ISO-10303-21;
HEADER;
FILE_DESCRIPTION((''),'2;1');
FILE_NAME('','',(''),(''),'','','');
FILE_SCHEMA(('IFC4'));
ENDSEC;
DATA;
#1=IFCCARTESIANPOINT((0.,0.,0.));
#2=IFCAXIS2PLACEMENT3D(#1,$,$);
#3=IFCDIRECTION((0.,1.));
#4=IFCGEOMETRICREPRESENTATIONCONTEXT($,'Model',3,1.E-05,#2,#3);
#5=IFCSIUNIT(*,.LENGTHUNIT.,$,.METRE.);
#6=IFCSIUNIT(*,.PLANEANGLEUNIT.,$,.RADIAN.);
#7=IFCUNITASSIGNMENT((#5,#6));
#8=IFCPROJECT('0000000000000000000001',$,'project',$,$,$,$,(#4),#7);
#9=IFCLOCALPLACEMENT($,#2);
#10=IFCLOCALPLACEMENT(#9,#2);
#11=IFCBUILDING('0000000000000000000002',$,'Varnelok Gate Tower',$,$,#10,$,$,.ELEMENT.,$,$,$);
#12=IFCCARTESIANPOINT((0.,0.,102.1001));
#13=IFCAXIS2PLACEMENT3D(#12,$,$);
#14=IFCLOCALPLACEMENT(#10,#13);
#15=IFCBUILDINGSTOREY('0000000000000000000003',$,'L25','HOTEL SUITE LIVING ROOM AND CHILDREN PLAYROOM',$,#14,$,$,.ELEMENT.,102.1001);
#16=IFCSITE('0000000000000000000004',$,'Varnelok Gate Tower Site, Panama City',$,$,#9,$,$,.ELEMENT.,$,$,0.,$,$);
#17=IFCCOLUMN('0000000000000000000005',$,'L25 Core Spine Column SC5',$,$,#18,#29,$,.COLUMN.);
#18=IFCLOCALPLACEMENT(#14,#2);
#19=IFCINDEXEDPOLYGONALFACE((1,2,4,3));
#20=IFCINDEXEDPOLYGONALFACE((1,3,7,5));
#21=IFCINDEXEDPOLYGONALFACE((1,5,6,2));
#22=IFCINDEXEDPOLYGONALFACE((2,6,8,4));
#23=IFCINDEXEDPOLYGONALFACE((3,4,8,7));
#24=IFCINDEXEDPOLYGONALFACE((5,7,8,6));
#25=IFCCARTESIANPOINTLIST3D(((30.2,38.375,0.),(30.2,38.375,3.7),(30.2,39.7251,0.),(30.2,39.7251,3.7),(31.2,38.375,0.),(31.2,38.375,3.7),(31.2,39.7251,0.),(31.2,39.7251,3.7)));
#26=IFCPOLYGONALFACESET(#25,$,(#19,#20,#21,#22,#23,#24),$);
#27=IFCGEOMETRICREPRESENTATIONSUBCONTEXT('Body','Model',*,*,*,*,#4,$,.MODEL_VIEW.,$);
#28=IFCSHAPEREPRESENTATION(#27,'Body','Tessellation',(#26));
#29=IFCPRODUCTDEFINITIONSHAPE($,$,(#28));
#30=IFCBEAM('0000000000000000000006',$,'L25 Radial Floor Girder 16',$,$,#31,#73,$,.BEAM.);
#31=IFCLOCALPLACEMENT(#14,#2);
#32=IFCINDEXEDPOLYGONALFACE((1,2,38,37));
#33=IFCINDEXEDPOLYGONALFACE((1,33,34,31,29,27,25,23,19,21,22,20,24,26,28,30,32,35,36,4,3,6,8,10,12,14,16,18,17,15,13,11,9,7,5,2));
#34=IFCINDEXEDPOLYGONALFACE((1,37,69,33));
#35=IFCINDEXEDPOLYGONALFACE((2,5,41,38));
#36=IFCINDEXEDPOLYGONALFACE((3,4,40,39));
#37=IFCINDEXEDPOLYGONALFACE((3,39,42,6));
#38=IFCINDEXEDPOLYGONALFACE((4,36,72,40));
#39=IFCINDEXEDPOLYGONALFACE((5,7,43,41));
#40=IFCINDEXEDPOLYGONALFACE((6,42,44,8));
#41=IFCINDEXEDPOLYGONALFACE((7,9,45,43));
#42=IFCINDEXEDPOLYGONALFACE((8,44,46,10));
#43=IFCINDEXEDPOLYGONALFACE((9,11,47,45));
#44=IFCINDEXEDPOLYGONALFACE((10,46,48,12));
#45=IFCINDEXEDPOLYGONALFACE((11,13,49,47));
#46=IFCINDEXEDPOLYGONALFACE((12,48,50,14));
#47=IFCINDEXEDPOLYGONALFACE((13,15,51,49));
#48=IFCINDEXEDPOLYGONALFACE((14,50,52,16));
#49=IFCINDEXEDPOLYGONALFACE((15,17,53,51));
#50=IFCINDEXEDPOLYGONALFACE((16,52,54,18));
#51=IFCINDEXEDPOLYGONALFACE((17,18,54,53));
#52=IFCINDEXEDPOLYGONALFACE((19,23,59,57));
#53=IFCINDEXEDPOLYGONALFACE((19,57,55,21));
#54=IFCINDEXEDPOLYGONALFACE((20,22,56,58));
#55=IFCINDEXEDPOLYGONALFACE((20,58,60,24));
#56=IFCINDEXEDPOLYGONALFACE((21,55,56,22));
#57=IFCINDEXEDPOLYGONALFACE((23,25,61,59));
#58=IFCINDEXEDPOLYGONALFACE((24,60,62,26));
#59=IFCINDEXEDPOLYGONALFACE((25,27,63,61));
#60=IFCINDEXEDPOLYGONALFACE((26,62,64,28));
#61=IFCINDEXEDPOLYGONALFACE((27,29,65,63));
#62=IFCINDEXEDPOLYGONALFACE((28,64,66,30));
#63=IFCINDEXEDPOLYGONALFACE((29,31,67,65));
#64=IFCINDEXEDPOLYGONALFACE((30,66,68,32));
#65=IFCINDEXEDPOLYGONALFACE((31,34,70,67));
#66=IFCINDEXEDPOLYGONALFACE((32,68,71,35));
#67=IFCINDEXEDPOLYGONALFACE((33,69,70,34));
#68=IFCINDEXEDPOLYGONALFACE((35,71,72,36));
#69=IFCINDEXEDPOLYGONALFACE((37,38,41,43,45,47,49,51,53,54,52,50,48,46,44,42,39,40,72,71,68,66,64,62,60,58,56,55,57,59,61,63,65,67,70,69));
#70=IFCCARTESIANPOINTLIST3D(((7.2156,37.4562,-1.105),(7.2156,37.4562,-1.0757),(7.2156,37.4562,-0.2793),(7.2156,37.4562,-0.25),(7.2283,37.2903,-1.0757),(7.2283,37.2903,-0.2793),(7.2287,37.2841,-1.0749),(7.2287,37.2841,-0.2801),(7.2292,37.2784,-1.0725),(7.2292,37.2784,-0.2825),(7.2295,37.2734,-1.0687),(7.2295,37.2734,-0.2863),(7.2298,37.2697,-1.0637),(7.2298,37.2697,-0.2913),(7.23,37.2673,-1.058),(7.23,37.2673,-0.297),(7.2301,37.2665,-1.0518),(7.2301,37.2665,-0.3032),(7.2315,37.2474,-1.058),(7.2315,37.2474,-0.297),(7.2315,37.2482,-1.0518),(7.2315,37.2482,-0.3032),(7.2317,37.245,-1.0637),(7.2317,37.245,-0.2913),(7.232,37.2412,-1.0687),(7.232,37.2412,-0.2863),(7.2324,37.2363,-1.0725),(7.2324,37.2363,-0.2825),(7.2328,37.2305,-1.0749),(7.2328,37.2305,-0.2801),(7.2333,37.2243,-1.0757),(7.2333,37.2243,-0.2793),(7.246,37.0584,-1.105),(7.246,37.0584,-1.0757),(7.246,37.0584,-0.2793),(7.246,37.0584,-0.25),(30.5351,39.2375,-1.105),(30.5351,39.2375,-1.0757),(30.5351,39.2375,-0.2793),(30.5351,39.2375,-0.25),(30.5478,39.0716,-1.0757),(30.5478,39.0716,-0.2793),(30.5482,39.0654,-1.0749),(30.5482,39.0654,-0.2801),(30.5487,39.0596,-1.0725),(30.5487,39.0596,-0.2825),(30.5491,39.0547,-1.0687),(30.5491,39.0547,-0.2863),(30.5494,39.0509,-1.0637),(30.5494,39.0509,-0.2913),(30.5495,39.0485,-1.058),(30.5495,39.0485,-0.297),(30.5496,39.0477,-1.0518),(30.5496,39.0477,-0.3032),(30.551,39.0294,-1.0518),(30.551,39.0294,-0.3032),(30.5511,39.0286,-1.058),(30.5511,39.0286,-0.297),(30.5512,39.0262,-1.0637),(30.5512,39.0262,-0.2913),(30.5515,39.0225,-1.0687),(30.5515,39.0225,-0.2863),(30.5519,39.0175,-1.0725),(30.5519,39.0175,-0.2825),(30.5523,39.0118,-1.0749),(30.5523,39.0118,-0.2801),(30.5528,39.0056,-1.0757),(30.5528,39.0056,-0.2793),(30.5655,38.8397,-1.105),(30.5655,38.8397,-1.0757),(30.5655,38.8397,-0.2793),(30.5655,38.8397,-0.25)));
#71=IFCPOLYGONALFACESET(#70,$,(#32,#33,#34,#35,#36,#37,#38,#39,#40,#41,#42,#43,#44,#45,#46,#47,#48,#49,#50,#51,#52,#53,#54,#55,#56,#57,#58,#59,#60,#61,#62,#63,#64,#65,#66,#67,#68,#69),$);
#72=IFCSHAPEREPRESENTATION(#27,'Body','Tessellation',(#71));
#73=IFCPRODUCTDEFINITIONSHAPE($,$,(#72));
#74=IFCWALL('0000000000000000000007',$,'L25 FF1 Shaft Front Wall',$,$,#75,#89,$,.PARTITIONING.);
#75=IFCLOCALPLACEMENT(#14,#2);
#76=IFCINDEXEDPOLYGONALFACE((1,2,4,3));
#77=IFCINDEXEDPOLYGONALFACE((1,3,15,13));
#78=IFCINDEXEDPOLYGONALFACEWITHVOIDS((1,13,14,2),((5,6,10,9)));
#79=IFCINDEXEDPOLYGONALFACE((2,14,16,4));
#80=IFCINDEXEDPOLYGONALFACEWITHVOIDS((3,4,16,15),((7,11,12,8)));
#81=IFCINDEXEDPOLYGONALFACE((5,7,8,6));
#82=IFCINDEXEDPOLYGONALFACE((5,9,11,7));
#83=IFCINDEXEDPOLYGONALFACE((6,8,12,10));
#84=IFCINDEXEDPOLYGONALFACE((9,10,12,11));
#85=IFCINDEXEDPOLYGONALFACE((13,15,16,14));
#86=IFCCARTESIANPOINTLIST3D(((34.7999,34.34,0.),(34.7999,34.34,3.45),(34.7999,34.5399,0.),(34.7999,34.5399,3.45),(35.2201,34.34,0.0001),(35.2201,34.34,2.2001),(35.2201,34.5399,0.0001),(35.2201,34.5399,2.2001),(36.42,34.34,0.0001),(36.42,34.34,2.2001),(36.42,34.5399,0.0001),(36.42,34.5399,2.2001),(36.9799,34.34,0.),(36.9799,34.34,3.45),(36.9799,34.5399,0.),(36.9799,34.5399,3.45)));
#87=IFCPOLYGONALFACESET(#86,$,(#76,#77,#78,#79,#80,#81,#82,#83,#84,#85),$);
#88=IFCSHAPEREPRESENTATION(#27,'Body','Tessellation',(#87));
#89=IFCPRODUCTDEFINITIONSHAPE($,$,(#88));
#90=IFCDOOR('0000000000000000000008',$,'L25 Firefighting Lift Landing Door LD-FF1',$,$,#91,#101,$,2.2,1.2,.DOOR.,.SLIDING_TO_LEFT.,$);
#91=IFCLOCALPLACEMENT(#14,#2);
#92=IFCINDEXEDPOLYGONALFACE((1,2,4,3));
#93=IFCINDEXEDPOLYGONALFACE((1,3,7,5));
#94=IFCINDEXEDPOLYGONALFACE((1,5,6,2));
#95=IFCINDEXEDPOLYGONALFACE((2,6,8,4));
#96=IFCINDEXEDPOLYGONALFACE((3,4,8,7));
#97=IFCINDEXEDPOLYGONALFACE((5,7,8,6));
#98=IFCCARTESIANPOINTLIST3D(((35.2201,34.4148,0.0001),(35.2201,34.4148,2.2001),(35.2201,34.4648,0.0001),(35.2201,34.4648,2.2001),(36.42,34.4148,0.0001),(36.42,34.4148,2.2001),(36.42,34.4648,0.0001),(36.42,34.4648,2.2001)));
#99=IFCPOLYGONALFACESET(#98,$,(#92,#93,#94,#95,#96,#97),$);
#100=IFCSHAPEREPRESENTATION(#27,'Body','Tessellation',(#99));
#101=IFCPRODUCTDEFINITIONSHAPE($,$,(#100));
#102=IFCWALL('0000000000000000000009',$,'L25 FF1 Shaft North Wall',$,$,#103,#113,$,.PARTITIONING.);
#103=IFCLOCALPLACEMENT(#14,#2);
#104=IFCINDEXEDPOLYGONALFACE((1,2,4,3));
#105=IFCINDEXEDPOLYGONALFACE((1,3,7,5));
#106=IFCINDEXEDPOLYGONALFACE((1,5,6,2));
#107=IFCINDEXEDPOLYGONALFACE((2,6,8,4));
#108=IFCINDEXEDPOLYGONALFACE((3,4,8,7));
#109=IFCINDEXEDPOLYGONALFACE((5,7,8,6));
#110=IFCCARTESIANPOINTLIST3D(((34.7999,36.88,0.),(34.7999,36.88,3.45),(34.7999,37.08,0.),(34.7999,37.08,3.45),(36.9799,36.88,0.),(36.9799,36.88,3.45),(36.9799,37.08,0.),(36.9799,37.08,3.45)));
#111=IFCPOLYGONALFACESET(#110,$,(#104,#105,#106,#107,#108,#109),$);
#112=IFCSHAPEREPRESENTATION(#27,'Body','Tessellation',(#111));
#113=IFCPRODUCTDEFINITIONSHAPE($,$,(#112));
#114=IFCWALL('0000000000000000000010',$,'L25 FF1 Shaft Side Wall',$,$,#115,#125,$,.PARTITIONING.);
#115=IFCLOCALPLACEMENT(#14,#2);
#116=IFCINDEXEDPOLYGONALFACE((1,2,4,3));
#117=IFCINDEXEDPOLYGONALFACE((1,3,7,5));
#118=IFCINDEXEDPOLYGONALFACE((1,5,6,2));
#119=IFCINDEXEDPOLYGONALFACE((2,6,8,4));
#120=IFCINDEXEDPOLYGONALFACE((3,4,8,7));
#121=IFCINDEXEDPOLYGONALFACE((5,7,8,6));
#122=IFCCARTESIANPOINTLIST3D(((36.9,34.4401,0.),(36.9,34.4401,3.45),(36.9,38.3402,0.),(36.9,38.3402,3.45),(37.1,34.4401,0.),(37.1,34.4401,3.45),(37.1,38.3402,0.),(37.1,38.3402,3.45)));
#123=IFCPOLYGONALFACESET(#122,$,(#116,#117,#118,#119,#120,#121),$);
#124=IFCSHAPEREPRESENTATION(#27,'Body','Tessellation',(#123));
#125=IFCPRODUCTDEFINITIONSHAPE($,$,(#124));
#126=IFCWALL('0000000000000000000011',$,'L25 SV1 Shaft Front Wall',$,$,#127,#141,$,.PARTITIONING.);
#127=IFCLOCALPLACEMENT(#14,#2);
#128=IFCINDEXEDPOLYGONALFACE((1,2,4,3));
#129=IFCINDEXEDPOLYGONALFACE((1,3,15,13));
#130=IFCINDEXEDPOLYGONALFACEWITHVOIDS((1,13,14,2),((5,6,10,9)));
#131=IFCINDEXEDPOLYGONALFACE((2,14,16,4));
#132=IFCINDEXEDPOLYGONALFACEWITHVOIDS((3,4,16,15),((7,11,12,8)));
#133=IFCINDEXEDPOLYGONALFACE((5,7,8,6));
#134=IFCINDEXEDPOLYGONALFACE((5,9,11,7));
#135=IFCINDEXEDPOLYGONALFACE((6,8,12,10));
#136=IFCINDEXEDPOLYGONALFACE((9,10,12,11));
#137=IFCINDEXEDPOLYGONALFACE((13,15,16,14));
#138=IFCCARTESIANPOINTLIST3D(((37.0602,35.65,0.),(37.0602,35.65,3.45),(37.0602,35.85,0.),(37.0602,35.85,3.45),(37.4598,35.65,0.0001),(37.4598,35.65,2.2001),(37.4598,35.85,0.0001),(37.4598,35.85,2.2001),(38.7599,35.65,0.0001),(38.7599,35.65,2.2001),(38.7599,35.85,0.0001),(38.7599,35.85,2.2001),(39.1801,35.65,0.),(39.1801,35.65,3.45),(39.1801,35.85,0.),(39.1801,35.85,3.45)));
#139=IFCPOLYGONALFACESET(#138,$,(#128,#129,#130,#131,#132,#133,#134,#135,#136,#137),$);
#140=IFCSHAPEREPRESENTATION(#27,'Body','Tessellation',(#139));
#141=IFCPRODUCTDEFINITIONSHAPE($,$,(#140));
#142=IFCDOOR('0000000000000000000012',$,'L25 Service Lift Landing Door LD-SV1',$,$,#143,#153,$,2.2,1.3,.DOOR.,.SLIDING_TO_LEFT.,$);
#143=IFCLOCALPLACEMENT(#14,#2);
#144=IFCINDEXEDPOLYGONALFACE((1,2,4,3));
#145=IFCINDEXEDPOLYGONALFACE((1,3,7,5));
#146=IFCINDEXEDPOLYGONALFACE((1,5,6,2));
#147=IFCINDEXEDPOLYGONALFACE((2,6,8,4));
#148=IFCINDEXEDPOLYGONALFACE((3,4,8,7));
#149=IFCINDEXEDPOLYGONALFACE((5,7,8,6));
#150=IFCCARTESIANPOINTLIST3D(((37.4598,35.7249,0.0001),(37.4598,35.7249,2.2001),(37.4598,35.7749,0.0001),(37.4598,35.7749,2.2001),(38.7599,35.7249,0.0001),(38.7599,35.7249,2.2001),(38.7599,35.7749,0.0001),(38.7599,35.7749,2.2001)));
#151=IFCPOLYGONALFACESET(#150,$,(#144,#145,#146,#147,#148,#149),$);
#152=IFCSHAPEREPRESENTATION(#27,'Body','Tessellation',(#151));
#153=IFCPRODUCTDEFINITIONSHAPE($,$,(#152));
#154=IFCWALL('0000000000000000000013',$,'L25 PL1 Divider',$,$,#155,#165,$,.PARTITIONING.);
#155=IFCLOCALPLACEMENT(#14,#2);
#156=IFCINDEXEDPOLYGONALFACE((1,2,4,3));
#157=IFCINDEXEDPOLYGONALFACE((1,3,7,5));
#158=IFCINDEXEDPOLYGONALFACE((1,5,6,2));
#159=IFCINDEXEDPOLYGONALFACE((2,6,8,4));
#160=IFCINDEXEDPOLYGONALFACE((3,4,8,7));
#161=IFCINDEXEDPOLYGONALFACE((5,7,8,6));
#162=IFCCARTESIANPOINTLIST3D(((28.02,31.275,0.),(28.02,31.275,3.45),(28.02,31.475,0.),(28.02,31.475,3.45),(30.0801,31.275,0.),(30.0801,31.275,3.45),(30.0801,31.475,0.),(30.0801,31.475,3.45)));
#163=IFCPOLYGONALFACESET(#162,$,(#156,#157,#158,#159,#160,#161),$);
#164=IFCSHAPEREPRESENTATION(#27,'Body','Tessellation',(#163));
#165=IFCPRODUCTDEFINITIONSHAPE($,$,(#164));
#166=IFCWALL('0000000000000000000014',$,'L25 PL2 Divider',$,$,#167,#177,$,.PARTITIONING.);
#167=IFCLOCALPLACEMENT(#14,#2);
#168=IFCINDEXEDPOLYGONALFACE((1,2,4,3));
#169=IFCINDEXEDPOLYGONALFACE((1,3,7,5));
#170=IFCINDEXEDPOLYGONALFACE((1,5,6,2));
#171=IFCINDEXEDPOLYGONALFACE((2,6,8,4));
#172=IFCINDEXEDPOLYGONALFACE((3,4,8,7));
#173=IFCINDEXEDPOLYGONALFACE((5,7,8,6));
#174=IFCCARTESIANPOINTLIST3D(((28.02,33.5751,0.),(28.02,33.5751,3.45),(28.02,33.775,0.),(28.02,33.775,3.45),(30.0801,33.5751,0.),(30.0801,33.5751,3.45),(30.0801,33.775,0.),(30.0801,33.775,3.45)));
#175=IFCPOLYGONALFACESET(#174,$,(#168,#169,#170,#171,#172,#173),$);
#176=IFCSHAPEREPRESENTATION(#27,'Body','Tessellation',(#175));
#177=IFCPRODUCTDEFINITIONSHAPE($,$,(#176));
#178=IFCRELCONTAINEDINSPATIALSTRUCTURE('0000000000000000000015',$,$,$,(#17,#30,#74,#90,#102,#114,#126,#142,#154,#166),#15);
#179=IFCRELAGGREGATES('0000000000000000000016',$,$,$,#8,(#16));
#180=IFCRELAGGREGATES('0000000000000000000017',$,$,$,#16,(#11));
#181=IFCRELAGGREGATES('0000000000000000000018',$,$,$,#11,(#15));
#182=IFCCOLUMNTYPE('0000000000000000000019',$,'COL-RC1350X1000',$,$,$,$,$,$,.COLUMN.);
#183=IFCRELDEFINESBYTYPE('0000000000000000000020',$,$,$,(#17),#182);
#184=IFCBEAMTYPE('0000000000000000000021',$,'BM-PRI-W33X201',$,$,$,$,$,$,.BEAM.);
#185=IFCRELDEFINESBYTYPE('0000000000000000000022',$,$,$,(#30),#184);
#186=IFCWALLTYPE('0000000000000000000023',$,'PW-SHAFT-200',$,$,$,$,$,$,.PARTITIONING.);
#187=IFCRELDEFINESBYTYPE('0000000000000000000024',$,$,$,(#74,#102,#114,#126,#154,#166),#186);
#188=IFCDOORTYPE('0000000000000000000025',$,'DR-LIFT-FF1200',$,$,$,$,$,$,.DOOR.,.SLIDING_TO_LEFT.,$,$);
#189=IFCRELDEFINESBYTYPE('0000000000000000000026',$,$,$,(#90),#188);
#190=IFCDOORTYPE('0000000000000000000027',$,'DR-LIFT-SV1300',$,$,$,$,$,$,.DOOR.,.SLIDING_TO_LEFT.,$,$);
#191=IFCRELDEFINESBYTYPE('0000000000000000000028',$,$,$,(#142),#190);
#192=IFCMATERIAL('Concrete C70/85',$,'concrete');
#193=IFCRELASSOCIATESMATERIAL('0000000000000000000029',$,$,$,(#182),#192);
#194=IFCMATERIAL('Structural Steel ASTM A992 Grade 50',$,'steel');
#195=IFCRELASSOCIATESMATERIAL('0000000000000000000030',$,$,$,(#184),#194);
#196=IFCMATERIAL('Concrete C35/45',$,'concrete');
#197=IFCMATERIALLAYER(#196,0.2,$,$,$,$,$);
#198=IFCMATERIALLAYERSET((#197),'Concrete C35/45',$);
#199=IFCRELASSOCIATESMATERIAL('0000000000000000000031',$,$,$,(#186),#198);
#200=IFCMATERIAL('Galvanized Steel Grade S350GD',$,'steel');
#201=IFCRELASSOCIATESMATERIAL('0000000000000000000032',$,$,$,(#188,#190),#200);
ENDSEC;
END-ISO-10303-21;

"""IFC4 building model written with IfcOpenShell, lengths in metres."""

from ifc_helpers import new_model, si_unit, direction, frame, frame_2d, origin, origin_2d, place, context, subcontext, project, spatial, rectangle, i_section, extrude, material, layer, layer_set, material_profile, profile_set, type_object, element, fill, save


model = new_model("IFC4")

# Units and contexts
model_context = context("Model", 3, precision=1e-05, world=origin(), true_north=direction((0.0, 1.0)))
body_context = subcontext(model_context, "Body", "Model", "MODEL_VIEW")
ifc_project = project(units=[si_unit("LENGTHUNIT", "METRE"), si_unit("PLANEANGLEUNIT", "RADIAN")], contexts=[model_context])

# Site, building, storey
site_placement = place(None, origin())
site = spatial("IfcSite", under=ifc_project, at=site_placement, Name="Varnelok Gate Tower Site, Panama City", CompositionType="ELEMENT", RefElevation=0.0)
building_placement = place(site_placement, origin())
building = spatial("IfcBuilding", under=site, at=building_placement, Name="Varnelok Gate Tower", CompositionType="ELEMENT")
storey_placement = place(building_placement, frame((0.0, 0.0, 102.1001)))
storey = spatial("IfcBuildingStorey", under=building, at=storey_placement, Name="L25", Description="HOTEL SUITE LIVING ROOM AND CHILDREN PLAYROOM", CompositionType="ELEMENT", Elevation=102.1001)

# Column
ifc_material_1 = material(Name="Concrete C70/85", Category="concrete")
ifc_material_profile_1 = material_profile(ifc_material_1, rectangle(XDim=1.0, YDim=1.3501, at=origin_2d()), Name="RC1350X1000")
ifc_profile_set_1 = profile_set([ifc_material_profile_1], Name="Concrete C70/85")
column_type = type_object("IfcColumnType", Name="COL-RC1350X1000", PredefinedType="COLUMN", material=ifc_profile_set_1)
column_placement = place(storey_placement, frame((30.7, 39.05, 0.0), z_axis=(0.0, 0.0, 1.0), x_axis=(1.0, 0.0, 0.0)))
element("IfcColumn", 1, at=column_placement, inside=storey, type_object=column_type, Name="L25 Core Spine Column SC5", PredefinedType="COLUMN", context=body_context, shape_type="SweptSolid", body=[
    extrude(rectangle(XDim=1.0, YDim=1.3501, at=origin_2d()), origin(), (0.0, 0.0, 1.0), 3.7),
])

# Beam
ifc_material_2 = material(Name="Structural Steel ASTM A992 Grade 50", Category="steel")
ifc_material_profile_2 = material_profile(ifc_material_2, i_section(OverallWidth=0.3989, OverallDepth=0.855, WebThickness=0.0183, FlangeThickness=0.0293, FilletRadius=0.0239, at=origin_2d()), Name="W33X201")
ifc_profile_set_2 = profile_set([ifc_material_profile_2], Name="Structural Steel ASTM A992 Grade 50")
beam_type = type_object("IfcBeamType", Name="BM-PRI-W33X201", PredefinedType="BEAM", material=ifc_profile_set_2)
beam_placement = place(storey_placement, frame((30.5503, 39.0386, -0.6775), z_axis=(-0.997095, -0.076162, 0.0), x_axis=(0.076162, -0.997095, 0.0)))
element("IfcBeam", 2, at=beam_placement, inside=storey, type_object=beam_type, Name="L25 Radial Floor Girder 16", PredefinedType="BEAM", context=body_context, shape_type="SweptSolid", body=[
    extrude(i_section(OverallWidth=0.3989, OverallDepth=0.855, WebThickness=0.0183, FlangeThickness=0.0293, FilletRadius=0.0239, at=origin_2d()), origin(), (0.0, 0.0, 1.0), 23.3875),
])

# Wall, opening, door
ifc_material_3 = material(Name="Concrete C35/45", Category="concrete")
ifc_layer_1 = layer(ifc_material_3, 0.2)
ifc_layer_set_1 = layer_set([ifc_layer_1], Name="Concrete C35/45")
wall_type_1 = type_object("IfcWallType", Name="PW-SHAFT-200", PredefinedType="PARTITIONING", material=ifc_layer_set_1)
wall_1_placement = place(storey_placement, frame((34.8, 34.4399, 0.0), z_axis=(0.0, 0.0, 1.0), x_axis=(1.0, 0.0, 0.0)))
wall_1 = element("IfcWall", 3, at=wall_1_placement, inside=storey, type_object=wall_type_1, Name="L25 FF1 Shaft Front Wall", PredefinedType="PARTITIONING", context=body_context, shape_type="SweptSolid", body=[
    extrude(rectangle(XDim=2.1799, YDim=0.2, at=frame_2d((1.0898, 0.0))), origin(), (0.0, 0.0, 1.0), 3.45),
])
opening_1_placement = place(wall_1_placement, frame((0.4199, 0.0, 0.0)))
opening_1 = element("IfcOpeningElement", 4, at=opening_1_placement, cuts=wall_1, PredefinedType="OPENING", context=body_context, shape_type="SweptSolid", body=[
    extrude(rectangle(XDim=1.2, YDim=2.2, at=frame_2d((0.6001, 1.1001))), frame((0.0, 0.1099, 0.0), z_axis=(0.0, -1.0, 0.0), x_axis=(1.0, 0.0, 0.0)), (0.0, 0.0, 1.0), 0.22),
])
ifc_material_4 = material(Name="Galvanized Steel Grade S350GD", Category="steel")
door_type_1 = type_object("IfcDoorType", Name="DR-LIFT-FF1200", OperationType="SLIDING_TO_LEFT", PredefinedType="DOOR", material=ifc_material_4)
door_1_placement = place(opening_1_placement, origin())
door_1 = element("IfcDoor", 5, at=door_1_placement, inside=storey, type_object=door_type_1, Name="L25 Firefighting Lift Landing Door LD-FF1", OperationType="SLIDING_TO_LEFT", OverallHeight=2.2, OverallWidth=1.2, PredefinedType="DOOR", context=body_context, shape_type="SweptSolid", body=[
    extrude(rectangle(XDim=1.2, YDim=2.2, at=frame_2d((0.6001, 1.1001))), frame((0.0, 0.0249, 0.0), z_axis=(0.0, -1.0, 0.0), x_axis=(1.0, 0.0, 0.0)), (0.0, 0.0, 1.0), 0.05),
])
fill(opening_1, door_1)

# Walls
wall_2_placement = place(storey_placement, frame((34.8, 36.98, 0.0), z_axis=(0.0, 0.0, 1.0), x_axis=(1.0, 0.0, 0.0)))
element("IfcWall", 6, at=wall_2_placement, inside=storey, type_object=wall_type_1, Name="L25 FF1 Shaft North Wall", PredefinedType="PARTITIONING", context=body_context, shape_type="SweptSolid", body=[
    extrude(rectangle(XDim=2.1799, YDim=0.2, at=frame_2d((1.0898, 0.0))), origin(), (0.0, 0.0, 1.0), 3.45),
])
wall_3_placement = place(storey_placement, frame((37.0, 34.4399, 0.0), z_axis=(0.0, 0.0, 1.0), x_axis=(0.0, 1.0, 0.0)))
element("IfcWall", 7, at=wall_3_placement, inside=storey, type_object=wall_type_1, Name="L25 FF1 Shaft Side Wall", PredefinedType="PARTITIONING", context=body_context, shape_type="SweptSolid", body=[
    extrude(rectangle(XDim=3.9001, YDim=0.2, at=frame_2d((1.9502, 0.0))), origin(), (0.0, 0.0, 1.0), 3.45),
])

# Wall, opening, door
wall_4_placement = place(storey_placement, frame((37.0601, 35.75, 0.0), z_axis=(0.0, 0.0, 1.0), x_axis=(1.0, 0.0, 0.0)))
wall_4 = element("IfcWall", 8, at=wall_4_placement, inside=storey, type_object=wall_type_1, Name="L25 SV1 Shaft Front Wall", PredefinedType="PARTITIONING", context=body_context, shape_type="SweptSolid", body=[
    extrude(rectangle(XDim=2.1199, YDim=0.2, at=frame_2d((1.0601, 0.0))), origin(), (0.0, 0.0, 1.0), 3.45),
])
opening_2_placement = place(wall_4_placement, frame((0.3999, 0.0, 0.0)))
opening_2 = element("IfcOpeningElement", 9, at=opening_2_placement, cuts=wall_4, PredefinedType="OPENING", context=body_context, shape_type="SweptSolid", body=[
    extrude(rectangle(XDim=1.3, YDim=2.2, at=frame_2d((0.6499, 1.1001))), frame((0.0, 0.1099, 0.0), z_axis=(0.0, -1.0, 0.0), x_axis=(1.0, 0.0, 0.0)), (0.0, 0.0, 1.0), 0.22),
])
door_type_2 = type_object("IfcDoorType", Name="DR-LIFT-SV1300", OperationType="SLIDING_TO_LEFT", PredefinedType="DOOR", material=ifc_material_4)
door_2_placement = place(opening_2_placement, origin())
door_2 = element("IfcDoor", 10, at=door_2_placement, inside=storey, type_object=door_type_2, Name="L25 Service Lift Landing Door LD-SV1", OperationType="SLIDING_TO_LEFT", OverallHeight=2.2, OverallWidth=1.3, PredefinedType="DOOR", context=body_context, shape_type="SweptSolid", body=[
    extrude(rectangle(XDim=1.3, YDim=2.2, at=frame_2d((0.6499, 1.1001))), frame((0.0, 0.0249, 0.0), z_axis=(0.0, -1.0, 0.0), x_axis=(1.0, 0.0, 0.0)), (0.0, 0.0, 1.0), 0.05),
])
fill(opening_2, door_2)

# Walls
for number, where, z_axis, x_axis, name in (
    (11, (28.02, 31.375, 0.0), (0.0, 0.0, 1.0), (1.0, 0.0, 0.0), "L25 PL1 Divider"),
    (12, (28.02, 33.675, 0.0), (0.0, 0.0, 1.0), (1.0, 0.0, 0.0), "L25 PL2 Divider"),
):
    element("IfcWall", number, at=place(storey_placement, frame(where, z_axis=z_axis, x_axis=x_axis)), inside=storey, type_object=wall_type_1, Name=name, PredefinedType="PARTITIONING", context=body_context, shape_type="SweptSolid", body=[
        extrude(rectangle(XDim=2.0601, YDim=0.2, at=frame_2d((1.03, 0.0))), origin(), (0.0, 0.0, 1.0), 3.45),
    ])

save(model, "model.ifc")
